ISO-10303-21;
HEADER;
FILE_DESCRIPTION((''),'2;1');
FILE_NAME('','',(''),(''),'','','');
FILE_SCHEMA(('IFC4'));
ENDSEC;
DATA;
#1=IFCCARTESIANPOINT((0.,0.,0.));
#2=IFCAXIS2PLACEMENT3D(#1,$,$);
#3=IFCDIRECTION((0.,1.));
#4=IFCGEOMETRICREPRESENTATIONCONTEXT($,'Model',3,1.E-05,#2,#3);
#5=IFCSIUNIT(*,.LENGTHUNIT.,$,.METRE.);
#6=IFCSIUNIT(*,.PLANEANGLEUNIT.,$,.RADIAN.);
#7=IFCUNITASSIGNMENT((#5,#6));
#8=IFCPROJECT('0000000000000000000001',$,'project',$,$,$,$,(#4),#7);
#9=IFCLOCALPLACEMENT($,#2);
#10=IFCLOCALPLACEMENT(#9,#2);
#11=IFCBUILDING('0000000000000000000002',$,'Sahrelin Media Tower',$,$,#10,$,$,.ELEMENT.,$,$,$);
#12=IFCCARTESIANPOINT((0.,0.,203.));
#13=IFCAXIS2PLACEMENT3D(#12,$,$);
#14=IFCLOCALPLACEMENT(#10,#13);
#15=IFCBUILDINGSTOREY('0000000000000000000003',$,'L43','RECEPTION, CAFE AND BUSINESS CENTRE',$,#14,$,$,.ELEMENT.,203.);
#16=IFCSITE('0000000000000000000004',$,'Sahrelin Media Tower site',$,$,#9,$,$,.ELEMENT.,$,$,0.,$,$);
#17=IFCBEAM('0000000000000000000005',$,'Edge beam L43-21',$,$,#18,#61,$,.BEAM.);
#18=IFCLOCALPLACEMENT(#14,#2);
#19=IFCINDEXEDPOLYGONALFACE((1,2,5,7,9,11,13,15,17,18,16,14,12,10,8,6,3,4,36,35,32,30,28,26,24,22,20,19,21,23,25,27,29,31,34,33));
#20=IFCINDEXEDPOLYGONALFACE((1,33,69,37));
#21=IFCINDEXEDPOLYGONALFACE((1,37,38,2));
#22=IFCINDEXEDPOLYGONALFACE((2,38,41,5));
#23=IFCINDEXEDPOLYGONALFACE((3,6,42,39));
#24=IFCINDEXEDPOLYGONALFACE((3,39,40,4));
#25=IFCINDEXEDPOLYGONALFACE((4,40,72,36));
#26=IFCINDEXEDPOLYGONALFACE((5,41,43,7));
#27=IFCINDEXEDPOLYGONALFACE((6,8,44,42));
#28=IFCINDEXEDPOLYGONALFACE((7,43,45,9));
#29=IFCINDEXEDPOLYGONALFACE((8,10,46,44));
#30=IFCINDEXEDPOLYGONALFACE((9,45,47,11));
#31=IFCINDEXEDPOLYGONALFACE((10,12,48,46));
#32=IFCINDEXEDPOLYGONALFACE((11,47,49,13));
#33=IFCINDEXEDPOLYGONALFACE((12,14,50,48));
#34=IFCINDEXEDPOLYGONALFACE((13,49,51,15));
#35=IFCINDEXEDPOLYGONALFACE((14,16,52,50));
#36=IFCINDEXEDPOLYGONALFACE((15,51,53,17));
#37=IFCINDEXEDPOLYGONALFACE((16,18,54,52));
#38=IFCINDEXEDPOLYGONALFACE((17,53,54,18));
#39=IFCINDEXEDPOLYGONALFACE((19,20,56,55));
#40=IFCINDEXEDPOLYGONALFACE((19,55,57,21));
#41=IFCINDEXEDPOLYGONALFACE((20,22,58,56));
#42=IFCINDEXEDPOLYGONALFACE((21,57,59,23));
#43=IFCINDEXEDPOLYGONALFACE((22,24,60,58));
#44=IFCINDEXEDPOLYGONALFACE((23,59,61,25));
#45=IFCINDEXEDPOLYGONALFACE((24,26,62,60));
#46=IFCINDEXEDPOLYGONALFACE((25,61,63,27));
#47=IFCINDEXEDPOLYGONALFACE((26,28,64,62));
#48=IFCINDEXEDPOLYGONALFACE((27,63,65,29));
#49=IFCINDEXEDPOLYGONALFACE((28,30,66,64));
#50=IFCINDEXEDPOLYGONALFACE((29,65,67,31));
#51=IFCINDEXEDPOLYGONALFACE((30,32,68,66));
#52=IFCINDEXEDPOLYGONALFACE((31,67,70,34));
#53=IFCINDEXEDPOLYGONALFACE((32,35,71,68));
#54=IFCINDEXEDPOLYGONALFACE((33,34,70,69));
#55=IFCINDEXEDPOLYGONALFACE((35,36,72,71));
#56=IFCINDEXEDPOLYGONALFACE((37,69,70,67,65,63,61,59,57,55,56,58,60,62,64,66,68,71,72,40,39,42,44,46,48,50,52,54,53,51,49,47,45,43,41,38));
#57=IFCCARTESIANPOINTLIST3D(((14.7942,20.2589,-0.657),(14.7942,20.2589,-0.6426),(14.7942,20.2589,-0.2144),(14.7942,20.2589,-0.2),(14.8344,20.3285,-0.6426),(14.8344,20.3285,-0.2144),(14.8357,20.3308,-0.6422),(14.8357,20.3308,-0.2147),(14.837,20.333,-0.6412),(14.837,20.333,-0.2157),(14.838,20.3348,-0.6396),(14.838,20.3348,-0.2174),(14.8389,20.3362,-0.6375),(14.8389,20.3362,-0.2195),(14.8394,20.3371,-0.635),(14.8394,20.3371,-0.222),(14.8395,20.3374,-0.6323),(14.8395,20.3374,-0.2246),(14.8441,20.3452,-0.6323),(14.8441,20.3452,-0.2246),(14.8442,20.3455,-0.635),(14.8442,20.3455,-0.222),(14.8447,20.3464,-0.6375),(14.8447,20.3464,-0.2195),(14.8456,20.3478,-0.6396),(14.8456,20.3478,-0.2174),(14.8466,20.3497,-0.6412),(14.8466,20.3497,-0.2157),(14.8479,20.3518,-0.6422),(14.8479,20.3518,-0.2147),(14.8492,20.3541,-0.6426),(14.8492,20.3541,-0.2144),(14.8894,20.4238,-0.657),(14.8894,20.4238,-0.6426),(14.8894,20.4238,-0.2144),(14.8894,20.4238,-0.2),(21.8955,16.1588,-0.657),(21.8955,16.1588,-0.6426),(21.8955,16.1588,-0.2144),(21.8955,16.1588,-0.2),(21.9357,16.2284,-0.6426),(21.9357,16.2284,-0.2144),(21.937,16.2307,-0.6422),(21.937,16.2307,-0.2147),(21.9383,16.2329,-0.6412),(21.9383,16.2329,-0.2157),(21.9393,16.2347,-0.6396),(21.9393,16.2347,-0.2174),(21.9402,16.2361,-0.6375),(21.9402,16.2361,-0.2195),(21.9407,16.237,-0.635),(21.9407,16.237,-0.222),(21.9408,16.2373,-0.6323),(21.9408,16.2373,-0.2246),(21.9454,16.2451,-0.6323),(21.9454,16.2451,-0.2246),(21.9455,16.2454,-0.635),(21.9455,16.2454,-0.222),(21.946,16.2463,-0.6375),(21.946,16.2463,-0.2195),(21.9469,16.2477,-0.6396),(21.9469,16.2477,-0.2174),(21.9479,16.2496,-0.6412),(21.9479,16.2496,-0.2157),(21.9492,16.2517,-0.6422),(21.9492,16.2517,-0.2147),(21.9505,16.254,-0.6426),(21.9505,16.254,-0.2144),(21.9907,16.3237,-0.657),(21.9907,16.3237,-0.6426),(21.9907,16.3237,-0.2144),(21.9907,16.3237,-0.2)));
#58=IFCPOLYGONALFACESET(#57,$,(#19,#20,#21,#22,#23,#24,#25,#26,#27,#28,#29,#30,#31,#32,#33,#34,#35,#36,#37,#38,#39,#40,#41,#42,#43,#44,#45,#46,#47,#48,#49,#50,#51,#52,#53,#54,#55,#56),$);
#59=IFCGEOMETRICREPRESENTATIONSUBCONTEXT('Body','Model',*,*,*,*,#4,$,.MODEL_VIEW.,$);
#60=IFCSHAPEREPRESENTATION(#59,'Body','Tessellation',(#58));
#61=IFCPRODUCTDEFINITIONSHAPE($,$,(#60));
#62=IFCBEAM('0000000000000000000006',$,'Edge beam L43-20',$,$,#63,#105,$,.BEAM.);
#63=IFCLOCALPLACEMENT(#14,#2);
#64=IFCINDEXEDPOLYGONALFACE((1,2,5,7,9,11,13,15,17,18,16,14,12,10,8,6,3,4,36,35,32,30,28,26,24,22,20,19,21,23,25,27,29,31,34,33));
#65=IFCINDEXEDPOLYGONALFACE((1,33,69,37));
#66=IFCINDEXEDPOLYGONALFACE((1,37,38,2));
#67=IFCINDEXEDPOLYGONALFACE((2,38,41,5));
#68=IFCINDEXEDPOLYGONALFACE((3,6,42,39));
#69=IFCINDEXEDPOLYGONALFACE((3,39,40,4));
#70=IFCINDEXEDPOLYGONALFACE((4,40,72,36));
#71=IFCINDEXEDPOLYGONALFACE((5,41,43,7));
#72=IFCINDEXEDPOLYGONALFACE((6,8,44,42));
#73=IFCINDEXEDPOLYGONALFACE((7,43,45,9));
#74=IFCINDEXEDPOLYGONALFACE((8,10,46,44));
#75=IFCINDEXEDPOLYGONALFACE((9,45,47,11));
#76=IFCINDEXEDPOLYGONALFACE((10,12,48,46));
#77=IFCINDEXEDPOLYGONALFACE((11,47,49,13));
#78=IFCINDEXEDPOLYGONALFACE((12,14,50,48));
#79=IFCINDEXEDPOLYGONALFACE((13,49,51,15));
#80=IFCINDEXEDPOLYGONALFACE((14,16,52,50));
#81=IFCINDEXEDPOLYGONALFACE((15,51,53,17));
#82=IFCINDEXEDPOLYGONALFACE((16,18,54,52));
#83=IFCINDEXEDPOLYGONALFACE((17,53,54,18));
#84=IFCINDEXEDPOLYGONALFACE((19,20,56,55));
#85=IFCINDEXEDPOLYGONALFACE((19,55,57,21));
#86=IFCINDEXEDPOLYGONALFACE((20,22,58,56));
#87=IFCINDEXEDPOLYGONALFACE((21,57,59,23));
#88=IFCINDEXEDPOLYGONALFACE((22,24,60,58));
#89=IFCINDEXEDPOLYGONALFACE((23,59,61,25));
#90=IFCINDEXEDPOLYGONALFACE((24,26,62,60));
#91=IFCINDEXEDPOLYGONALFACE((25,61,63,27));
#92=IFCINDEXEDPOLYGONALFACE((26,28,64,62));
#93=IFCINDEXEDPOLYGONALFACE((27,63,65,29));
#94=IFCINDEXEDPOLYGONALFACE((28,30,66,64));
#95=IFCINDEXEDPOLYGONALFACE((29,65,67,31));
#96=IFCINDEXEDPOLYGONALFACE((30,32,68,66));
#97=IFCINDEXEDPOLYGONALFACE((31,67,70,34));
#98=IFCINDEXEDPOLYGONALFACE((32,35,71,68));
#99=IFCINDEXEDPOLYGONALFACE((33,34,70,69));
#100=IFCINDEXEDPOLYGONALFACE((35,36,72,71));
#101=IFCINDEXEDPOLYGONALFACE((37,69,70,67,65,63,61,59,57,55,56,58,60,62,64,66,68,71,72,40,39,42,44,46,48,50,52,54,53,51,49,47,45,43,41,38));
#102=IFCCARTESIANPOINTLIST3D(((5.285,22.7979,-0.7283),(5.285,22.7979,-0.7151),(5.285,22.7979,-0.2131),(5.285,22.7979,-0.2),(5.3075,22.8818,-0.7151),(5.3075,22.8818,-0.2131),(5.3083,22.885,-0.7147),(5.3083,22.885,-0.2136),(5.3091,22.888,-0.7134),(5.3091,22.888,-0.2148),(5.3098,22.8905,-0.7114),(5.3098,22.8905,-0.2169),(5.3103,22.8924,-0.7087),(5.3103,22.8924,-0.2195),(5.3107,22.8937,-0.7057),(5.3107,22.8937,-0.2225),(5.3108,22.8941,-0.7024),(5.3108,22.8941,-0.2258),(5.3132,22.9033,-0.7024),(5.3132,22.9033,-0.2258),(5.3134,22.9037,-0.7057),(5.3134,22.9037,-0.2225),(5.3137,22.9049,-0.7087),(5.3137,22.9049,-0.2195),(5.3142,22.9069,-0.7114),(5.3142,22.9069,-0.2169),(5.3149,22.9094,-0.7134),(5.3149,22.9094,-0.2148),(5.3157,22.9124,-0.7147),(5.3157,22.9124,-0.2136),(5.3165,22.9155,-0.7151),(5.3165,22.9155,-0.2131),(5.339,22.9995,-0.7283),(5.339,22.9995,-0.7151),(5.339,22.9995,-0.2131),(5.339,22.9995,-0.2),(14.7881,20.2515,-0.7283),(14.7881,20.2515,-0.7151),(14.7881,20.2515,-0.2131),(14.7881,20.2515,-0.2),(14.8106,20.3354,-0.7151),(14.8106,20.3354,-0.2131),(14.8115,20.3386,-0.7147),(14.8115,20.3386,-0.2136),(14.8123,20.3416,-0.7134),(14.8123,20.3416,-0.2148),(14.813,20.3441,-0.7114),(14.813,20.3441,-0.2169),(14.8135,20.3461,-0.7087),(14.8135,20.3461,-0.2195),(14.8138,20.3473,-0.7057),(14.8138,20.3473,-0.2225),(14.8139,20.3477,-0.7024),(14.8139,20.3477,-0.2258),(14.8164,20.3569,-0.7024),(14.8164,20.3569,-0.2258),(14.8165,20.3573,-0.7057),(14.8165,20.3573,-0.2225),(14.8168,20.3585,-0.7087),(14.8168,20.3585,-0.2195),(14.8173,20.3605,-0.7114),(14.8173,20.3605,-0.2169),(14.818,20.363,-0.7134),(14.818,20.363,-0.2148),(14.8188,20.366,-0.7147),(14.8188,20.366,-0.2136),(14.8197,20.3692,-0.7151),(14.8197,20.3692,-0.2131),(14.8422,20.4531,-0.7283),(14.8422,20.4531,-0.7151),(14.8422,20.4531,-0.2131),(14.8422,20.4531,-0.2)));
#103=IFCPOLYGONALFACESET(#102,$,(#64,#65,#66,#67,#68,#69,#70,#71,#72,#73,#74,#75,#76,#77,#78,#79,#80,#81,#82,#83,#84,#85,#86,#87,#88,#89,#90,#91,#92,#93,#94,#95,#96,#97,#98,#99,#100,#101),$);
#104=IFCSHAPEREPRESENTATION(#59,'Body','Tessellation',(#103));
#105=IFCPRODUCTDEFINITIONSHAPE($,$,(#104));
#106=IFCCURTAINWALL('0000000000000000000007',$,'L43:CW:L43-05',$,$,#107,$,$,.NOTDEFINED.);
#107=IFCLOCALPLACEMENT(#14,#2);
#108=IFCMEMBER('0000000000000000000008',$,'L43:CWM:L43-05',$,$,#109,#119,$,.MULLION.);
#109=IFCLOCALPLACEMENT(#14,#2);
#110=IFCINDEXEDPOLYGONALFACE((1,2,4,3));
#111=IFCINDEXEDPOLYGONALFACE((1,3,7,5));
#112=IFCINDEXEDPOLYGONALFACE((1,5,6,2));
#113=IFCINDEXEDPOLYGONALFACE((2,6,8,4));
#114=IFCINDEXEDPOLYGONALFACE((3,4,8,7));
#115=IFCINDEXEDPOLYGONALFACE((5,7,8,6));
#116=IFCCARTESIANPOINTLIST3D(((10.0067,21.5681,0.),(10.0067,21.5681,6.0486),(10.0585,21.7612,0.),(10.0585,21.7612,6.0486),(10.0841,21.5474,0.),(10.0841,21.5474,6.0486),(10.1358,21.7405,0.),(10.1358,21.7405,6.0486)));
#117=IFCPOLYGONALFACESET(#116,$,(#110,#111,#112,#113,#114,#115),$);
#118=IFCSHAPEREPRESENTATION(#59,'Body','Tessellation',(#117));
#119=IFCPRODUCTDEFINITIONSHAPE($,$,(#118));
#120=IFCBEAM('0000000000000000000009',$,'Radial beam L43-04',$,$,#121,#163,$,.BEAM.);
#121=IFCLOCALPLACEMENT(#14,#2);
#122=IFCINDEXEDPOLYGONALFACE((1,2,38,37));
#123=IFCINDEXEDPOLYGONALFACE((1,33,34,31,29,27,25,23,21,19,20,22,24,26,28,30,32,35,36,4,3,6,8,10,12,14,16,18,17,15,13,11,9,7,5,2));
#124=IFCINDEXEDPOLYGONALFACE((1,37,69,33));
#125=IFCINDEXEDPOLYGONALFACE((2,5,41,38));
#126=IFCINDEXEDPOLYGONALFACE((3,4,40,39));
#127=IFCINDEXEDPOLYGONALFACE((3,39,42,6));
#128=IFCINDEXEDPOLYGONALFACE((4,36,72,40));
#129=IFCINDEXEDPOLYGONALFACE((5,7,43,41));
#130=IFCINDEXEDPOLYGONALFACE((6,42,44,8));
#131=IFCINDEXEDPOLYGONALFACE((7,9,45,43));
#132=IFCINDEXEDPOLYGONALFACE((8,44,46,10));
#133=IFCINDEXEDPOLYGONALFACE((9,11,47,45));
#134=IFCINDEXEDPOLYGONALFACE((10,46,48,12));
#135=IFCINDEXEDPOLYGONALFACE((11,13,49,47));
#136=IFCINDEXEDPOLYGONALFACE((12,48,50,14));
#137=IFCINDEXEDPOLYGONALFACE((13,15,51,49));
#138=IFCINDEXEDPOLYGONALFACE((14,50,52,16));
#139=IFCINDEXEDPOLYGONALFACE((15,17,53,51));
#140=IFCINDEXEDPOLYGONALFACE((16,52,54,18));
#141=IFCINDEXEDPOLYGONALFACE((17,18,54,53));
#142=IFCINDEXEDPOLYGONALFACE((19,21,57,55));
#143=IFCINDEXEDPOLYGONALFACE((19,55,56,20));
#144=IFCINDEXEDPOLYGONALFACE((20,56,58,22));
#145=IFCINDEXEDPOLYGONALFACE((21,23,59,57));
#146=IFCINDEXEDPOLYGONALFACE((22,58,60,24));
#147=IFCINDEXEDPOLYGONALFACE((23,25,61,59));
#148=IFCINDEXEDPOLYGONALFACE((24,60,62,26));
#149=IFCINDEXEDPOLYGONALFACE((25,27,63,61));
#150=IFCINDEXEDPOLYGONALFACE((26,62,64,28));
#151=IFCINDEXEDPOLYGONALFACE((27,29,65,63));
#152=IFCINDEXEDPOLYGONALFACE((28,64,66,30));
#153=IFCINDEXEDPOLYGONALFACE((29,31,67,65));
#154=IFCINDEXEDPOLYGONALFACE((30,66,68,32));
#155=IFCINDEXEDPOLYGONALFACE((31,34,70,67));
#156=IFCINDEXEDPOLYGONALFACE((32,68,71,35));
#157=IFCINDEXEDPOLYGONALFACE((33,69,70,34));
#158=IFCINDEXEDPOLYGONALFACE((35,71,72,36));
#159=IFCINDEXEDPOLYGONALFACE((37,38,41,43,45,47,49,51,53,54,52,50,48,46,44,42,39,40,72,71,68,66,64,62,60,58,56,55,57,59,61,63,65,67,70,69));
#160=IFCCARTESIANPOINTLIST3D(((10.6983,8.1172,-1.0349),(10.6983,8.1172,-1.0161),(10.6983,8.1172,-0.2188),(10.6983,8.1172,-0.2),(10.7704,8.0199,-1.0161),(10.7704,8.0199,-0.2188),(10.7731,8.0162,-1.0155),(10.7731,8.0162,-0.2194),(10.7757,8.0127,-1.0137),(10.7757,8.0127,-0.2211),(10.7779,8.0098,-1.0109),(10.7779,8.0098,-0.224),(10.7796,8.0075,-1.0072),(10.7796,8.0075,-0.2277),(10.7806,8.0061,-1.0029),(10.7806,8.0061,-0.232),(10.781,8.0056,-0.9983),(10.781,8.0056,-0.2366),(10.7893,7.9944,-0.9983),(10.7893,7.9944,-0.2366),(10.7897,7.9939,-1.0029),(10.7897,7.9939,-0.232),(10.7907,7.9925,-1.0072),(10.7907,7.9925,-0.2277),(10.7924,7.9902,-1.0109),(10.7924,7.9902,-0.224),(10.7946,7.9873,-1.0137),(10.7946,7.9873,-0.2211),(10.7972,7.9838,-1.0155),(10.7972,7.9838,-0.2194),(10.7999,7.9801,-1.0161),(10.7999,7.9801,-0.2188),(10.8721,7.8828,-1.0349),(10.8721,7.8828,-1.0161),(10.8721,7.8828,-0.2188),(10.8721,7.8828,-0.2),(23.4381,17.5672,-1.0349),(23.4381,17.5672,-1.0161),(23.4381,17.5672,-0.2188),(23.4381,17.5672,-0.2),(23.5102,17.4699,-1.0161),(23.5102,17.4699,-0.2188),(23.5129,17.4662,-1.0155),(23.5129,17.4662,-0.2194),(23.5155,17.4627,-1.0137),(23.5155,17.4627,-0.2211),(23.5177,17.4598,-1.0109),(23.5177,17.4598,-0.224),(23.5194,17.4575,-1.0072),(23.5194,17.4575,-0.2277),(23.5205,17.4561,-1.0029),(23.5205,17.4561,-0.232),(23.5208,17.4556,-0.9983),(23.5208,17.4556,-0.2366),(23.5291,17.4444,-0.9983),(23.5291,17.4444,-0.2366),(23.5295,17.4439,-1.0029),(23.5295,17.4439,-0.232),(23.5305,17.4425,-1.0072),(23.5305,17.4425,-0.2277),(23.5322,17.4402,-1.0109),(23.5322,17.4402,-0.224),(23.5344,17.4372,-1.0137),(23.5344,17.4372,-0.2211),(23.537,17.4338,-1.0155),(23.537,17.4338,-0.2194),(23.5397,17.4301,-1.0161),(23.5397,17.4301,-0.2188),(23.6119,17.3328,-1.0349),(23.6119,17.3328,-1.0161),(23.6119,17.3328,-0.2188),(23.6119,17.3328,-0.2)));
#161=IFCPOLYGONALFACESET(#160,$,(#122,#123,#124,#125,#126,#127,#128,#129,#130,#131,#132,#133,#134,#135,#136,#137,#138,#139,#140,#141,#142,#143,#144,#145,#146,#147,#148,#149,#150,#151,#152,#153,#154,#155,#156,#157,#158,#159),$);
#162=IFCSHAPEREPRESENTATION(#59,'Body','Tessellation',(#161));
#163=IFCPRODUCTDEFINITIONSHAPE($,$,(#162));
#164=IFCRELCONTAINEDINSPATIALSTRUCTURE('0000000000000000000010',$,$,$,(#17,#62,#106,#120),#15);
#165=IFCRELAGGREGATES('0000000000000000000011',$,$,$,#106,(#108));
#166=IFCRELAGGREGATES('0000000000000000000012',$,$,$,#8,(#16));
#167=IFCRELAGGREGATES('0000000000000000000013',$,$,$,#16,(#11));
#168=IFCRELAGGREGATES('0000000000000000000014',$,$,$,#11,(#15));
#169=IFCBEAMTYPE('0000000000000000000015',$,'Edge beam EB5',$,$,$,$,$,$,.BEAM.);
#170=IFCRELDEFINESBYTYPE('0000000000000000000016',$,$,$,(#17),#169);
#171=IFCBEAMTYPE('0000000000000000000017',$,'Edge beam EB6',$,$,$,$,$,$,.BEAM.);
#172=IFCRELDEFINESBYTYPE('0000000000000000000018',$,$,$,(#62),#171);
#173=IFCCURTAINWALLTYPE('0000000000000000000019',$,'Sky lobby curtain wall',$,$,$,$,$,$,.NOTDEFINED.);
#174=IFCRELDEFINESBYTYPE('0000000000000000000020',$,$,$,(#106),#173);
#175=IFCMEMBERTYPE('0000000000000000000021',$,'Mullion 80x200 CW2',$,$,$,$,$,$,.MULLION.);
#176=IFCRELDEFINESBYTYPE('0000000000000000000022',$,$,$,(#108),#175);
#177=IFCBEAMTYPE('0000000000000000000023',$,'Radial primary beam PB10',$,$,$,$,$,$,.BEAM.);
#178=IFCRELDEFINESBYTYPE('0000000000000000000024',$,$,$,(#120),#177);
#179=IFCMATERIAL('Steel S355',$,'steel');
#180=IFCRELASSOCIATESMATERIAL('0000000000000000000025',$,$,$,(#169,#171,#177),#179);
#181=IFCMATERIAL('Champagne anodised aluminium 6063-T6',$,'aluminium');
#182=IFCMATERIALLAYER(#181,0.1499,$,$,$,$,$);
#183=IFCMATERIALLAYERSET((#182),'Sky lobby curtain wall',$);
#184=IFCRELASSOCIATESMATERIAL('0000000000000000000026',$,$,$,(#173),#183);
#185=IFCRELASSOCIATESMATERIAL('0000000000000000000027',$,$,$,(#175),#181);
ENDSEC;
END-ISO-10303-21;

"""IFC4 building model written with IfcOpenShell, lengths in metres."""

from ifc_helpers import new_model, si_unit, direction, frame, origin, origin_2d, place, context, subcontext, project, spatial, rectangle, i_section, extrude, material, layer, layer_set, material_profile, profile_set, type_object, element, aggregate, save


model = new_model("IFC4")

# Units and contexts
model_context = context("Model", 3, precision=1e-05, world=origin(), true_north=direction((0.0, 1.0)))
body_context = subcontext(model_context, "Body", "Model", "MODEL_VIEW")
ifc_project = project(units=[si_unit("LENGTHUNIT", "METRE"), si_unit("PLANEANGLEUNIT", "RADIAN")], contexts=[model_context])

# Site, building, storey
site_placement = place(None, origin())
site = spatial("IfcSite", under=ifc_project, at=site_placement, Name="Sahrelin Media Tower site", CompositionType="ELEMENT", RefElevation=0.0)
building_placement = place(site_placement, origin())
building = spatial("IfcBuilding", under=site, at=building_placement, Name="Sahrelin Media Tower", CompositionType="ELEMENT")
storey_placement = place(building_placement, frame((0.0, 0.0, 203.0)))
storey = spatial("IfcBuildingStorey", under=building, at=storey_placement, Name="L43", Description="RECEPTION, CAFE AND BUSINESS CENTRE", CompositionType="ELEMENT", Elevation=203.0)

# Beams
ifc_material_1 = material(Name="Steel S355", Category="steel")
ifc_material_profile_1 = material_profile(ifc_material_1, i_section(OverallWidth=0.1904, OverallDepth=0.457, WebThickness=0.009, FlangeThickness=0.0144, FilletRadius=0.0103, at=origin_2d()), Name="UB 457x191x74")
ifc_profile_set_1 = profile_set([ifc_material_profile_1], Name="Steel S355")
beam_type_1 = type_object("IfcBeamType", Name="Edge beam EB5", PredefinedType="BEAM", material=ifc_profile_set_1)
beam_1_placement = place(storey_placement, frame((14.8418, 20.3413, -0.4285), z_axis=(0.866018, -0.500014, 0.0), x_axis=(0.500014, 0.866018, 0.0)))
element("IfcBeam", 1, at=beam_1_placement, inside=storey, type_object=beam_type_1, Name="Edge beam L43-21", PredefinedType="BEAM", context=body_context, shape_type="SweptSolid", body=[
    extrude(i_section(OverallWidth=0.1904, OverallDepth=0.457, WebThickness=0.009, FlangeThickness=0.0144, FilletRadius=0.0103, at=origin_2d()), origin(), (0.0, 0.0, 1.0), 8.2),
])
ifc_material_profile_2 = material_profile(ifc_material_1, i_section(OverallWidth=0.2087, OverallDepth=0.5283, WebThickness=0.0095, FlangeThickness=0.0132, FilletRadius=0.0127, at=origin_2d()), Name="UB 533x210x82")
ifc_profile_set_2 = profile_set([ifc_material_profile_2], Name="Steel S355")
beam_type_2 = type_object("IfcBeamType", Name="Edge beam EB6", PredefinedType="BEAM", material=ifc_profile_set_2)
beam_2_placement = place(storey_placement, frame((5.312, 22.8987, -0.4641), z_axis=(0.965925, -0.258821, 0.0), x_axis=(0.258821, 0.965925, 0.0)))
element("IfcBeam", 2, at=beam_2_placement, inside=storey, type_object=beam_type_2, Name="Edge beam L43-20", PredefinedType="BEAM", context=body_context, shape_type="SweptSolid", body=[
    extrude(i_section(OverallWidth=0.2087, OverallDepth=0.5283, WebThickness=0.0095, FlangeThickness=0.0132, FilletRadius=0.0127, at=origin_2d()), origin(), (0.0, 0.0, 1.0), 9.8384),
])

# Curtain wall, member
ifc_material_2 = material(Name="Champagne anodised aluminium 6063-T6", Category="aluminium")
ifc_layer_1 = layer(ifc_material_2, 0.1499)
ifc_layer_set_1 = layer_set([ifc_layer_1], Name="Sky lobby curtain wall")
curtain_wall_type = type_object("IfcCurtainWallType", Name="Sky lobby curtain wall", PredefinedType="NOTDEFINED", material=ifc_layer_set_1)
curtain_wall_1_placement = place(storey_placement, frame((10.1023, 21.7703, 0.0), z_axis=(0.0, 0.0, 1.0), x_axis=(1.0, 0.0, 0.0)))
curtain_wall_1 = element("IfcCurtainWall", 3, at=curtain_wall_1_placement, inside=storey, type_object=curtain_wall_type, Name="L43:CW:L43-05", PredefinedType="NOTDEFINED")
ifc_material_profile_3 = material_profile(ifc_material_2, rectangle(XDim=0.0801, YDim=0.2, at=origin_2d()), Name="Mullion 80x200")
ifc_profile_set_3 = profile_set([ifc_material_profile_3], Name="Champagne anodised aluminium 6063-T6")
member_type_1 = type_object("IfcMemberType", Name="Mullion 80x200 CW2", PredefinedType="MULLION", material=ifc_profile_set_3)
member_1_placement = place(storey_placement, frame((10.0713, 21.6543, 0.0), z_axis=(0.0, 0.0, 1.0), x_axis=(-0.965925, 0.258822, 0.0)))
member_1 = element("IfcMember", 4, at=member_1_placement, type_object=member_type_1, Name="L43:CWM:L43-05", PredefinedType="MULLION", context=body_context, shape_type="SweptSolid", body=[
    extrude(rectangle(XDim=0.0801, YDim=0.2, at=origin_2d()), origin(), (0.0, 0.0, 1.0), 6.0486),
])

# Beam
ifc_material_profile_4 = material_profile(ifc_material_1, i_section(OverallWidth=0.2917, OverallDepth=0.835, WebThickness=0.0139, FlangeThickness=0.0188, FilletRadius=0.0178, at=origin_2d()), Name="UB 838x292x176")
ifc_profile_set_4 = profile_set([ifc_material_profile_4], Name="Steel S355")
beam_type_3 = type_object("IfcBeamType", Name="Radial primary beam PB10", PredefinedType="BEAM", material=ifc_profile_set_4)
beam_3_placement = place(storey_placement, frame((10.7852, 8.0, -0.6174), z_axis=(0.803162, 0.595761, 0.0), x_axis=(-0.595761, 0.803162, 0.0)))
element("IfcBeam", 5, at=beam_3_placement, inside=storey, type_object=beam_type_3, Name="Radial beam L43-04", PredefinedType="BEAM", context=body_context, shape_type="SweptSolid", body=[
    extrude(i_section(OverallWidth=0.2917, OverallDepth=0.835, WebThickness=0.0139, FlangeThickness=0.0188, FilletRadius=0.0178, at=origin_2d()), origin(), (0.0, 0.0, 1.0), 15.8621),
])

aggregate(curtain_wall_1, [member_1])

save(model, "model.ifc")
